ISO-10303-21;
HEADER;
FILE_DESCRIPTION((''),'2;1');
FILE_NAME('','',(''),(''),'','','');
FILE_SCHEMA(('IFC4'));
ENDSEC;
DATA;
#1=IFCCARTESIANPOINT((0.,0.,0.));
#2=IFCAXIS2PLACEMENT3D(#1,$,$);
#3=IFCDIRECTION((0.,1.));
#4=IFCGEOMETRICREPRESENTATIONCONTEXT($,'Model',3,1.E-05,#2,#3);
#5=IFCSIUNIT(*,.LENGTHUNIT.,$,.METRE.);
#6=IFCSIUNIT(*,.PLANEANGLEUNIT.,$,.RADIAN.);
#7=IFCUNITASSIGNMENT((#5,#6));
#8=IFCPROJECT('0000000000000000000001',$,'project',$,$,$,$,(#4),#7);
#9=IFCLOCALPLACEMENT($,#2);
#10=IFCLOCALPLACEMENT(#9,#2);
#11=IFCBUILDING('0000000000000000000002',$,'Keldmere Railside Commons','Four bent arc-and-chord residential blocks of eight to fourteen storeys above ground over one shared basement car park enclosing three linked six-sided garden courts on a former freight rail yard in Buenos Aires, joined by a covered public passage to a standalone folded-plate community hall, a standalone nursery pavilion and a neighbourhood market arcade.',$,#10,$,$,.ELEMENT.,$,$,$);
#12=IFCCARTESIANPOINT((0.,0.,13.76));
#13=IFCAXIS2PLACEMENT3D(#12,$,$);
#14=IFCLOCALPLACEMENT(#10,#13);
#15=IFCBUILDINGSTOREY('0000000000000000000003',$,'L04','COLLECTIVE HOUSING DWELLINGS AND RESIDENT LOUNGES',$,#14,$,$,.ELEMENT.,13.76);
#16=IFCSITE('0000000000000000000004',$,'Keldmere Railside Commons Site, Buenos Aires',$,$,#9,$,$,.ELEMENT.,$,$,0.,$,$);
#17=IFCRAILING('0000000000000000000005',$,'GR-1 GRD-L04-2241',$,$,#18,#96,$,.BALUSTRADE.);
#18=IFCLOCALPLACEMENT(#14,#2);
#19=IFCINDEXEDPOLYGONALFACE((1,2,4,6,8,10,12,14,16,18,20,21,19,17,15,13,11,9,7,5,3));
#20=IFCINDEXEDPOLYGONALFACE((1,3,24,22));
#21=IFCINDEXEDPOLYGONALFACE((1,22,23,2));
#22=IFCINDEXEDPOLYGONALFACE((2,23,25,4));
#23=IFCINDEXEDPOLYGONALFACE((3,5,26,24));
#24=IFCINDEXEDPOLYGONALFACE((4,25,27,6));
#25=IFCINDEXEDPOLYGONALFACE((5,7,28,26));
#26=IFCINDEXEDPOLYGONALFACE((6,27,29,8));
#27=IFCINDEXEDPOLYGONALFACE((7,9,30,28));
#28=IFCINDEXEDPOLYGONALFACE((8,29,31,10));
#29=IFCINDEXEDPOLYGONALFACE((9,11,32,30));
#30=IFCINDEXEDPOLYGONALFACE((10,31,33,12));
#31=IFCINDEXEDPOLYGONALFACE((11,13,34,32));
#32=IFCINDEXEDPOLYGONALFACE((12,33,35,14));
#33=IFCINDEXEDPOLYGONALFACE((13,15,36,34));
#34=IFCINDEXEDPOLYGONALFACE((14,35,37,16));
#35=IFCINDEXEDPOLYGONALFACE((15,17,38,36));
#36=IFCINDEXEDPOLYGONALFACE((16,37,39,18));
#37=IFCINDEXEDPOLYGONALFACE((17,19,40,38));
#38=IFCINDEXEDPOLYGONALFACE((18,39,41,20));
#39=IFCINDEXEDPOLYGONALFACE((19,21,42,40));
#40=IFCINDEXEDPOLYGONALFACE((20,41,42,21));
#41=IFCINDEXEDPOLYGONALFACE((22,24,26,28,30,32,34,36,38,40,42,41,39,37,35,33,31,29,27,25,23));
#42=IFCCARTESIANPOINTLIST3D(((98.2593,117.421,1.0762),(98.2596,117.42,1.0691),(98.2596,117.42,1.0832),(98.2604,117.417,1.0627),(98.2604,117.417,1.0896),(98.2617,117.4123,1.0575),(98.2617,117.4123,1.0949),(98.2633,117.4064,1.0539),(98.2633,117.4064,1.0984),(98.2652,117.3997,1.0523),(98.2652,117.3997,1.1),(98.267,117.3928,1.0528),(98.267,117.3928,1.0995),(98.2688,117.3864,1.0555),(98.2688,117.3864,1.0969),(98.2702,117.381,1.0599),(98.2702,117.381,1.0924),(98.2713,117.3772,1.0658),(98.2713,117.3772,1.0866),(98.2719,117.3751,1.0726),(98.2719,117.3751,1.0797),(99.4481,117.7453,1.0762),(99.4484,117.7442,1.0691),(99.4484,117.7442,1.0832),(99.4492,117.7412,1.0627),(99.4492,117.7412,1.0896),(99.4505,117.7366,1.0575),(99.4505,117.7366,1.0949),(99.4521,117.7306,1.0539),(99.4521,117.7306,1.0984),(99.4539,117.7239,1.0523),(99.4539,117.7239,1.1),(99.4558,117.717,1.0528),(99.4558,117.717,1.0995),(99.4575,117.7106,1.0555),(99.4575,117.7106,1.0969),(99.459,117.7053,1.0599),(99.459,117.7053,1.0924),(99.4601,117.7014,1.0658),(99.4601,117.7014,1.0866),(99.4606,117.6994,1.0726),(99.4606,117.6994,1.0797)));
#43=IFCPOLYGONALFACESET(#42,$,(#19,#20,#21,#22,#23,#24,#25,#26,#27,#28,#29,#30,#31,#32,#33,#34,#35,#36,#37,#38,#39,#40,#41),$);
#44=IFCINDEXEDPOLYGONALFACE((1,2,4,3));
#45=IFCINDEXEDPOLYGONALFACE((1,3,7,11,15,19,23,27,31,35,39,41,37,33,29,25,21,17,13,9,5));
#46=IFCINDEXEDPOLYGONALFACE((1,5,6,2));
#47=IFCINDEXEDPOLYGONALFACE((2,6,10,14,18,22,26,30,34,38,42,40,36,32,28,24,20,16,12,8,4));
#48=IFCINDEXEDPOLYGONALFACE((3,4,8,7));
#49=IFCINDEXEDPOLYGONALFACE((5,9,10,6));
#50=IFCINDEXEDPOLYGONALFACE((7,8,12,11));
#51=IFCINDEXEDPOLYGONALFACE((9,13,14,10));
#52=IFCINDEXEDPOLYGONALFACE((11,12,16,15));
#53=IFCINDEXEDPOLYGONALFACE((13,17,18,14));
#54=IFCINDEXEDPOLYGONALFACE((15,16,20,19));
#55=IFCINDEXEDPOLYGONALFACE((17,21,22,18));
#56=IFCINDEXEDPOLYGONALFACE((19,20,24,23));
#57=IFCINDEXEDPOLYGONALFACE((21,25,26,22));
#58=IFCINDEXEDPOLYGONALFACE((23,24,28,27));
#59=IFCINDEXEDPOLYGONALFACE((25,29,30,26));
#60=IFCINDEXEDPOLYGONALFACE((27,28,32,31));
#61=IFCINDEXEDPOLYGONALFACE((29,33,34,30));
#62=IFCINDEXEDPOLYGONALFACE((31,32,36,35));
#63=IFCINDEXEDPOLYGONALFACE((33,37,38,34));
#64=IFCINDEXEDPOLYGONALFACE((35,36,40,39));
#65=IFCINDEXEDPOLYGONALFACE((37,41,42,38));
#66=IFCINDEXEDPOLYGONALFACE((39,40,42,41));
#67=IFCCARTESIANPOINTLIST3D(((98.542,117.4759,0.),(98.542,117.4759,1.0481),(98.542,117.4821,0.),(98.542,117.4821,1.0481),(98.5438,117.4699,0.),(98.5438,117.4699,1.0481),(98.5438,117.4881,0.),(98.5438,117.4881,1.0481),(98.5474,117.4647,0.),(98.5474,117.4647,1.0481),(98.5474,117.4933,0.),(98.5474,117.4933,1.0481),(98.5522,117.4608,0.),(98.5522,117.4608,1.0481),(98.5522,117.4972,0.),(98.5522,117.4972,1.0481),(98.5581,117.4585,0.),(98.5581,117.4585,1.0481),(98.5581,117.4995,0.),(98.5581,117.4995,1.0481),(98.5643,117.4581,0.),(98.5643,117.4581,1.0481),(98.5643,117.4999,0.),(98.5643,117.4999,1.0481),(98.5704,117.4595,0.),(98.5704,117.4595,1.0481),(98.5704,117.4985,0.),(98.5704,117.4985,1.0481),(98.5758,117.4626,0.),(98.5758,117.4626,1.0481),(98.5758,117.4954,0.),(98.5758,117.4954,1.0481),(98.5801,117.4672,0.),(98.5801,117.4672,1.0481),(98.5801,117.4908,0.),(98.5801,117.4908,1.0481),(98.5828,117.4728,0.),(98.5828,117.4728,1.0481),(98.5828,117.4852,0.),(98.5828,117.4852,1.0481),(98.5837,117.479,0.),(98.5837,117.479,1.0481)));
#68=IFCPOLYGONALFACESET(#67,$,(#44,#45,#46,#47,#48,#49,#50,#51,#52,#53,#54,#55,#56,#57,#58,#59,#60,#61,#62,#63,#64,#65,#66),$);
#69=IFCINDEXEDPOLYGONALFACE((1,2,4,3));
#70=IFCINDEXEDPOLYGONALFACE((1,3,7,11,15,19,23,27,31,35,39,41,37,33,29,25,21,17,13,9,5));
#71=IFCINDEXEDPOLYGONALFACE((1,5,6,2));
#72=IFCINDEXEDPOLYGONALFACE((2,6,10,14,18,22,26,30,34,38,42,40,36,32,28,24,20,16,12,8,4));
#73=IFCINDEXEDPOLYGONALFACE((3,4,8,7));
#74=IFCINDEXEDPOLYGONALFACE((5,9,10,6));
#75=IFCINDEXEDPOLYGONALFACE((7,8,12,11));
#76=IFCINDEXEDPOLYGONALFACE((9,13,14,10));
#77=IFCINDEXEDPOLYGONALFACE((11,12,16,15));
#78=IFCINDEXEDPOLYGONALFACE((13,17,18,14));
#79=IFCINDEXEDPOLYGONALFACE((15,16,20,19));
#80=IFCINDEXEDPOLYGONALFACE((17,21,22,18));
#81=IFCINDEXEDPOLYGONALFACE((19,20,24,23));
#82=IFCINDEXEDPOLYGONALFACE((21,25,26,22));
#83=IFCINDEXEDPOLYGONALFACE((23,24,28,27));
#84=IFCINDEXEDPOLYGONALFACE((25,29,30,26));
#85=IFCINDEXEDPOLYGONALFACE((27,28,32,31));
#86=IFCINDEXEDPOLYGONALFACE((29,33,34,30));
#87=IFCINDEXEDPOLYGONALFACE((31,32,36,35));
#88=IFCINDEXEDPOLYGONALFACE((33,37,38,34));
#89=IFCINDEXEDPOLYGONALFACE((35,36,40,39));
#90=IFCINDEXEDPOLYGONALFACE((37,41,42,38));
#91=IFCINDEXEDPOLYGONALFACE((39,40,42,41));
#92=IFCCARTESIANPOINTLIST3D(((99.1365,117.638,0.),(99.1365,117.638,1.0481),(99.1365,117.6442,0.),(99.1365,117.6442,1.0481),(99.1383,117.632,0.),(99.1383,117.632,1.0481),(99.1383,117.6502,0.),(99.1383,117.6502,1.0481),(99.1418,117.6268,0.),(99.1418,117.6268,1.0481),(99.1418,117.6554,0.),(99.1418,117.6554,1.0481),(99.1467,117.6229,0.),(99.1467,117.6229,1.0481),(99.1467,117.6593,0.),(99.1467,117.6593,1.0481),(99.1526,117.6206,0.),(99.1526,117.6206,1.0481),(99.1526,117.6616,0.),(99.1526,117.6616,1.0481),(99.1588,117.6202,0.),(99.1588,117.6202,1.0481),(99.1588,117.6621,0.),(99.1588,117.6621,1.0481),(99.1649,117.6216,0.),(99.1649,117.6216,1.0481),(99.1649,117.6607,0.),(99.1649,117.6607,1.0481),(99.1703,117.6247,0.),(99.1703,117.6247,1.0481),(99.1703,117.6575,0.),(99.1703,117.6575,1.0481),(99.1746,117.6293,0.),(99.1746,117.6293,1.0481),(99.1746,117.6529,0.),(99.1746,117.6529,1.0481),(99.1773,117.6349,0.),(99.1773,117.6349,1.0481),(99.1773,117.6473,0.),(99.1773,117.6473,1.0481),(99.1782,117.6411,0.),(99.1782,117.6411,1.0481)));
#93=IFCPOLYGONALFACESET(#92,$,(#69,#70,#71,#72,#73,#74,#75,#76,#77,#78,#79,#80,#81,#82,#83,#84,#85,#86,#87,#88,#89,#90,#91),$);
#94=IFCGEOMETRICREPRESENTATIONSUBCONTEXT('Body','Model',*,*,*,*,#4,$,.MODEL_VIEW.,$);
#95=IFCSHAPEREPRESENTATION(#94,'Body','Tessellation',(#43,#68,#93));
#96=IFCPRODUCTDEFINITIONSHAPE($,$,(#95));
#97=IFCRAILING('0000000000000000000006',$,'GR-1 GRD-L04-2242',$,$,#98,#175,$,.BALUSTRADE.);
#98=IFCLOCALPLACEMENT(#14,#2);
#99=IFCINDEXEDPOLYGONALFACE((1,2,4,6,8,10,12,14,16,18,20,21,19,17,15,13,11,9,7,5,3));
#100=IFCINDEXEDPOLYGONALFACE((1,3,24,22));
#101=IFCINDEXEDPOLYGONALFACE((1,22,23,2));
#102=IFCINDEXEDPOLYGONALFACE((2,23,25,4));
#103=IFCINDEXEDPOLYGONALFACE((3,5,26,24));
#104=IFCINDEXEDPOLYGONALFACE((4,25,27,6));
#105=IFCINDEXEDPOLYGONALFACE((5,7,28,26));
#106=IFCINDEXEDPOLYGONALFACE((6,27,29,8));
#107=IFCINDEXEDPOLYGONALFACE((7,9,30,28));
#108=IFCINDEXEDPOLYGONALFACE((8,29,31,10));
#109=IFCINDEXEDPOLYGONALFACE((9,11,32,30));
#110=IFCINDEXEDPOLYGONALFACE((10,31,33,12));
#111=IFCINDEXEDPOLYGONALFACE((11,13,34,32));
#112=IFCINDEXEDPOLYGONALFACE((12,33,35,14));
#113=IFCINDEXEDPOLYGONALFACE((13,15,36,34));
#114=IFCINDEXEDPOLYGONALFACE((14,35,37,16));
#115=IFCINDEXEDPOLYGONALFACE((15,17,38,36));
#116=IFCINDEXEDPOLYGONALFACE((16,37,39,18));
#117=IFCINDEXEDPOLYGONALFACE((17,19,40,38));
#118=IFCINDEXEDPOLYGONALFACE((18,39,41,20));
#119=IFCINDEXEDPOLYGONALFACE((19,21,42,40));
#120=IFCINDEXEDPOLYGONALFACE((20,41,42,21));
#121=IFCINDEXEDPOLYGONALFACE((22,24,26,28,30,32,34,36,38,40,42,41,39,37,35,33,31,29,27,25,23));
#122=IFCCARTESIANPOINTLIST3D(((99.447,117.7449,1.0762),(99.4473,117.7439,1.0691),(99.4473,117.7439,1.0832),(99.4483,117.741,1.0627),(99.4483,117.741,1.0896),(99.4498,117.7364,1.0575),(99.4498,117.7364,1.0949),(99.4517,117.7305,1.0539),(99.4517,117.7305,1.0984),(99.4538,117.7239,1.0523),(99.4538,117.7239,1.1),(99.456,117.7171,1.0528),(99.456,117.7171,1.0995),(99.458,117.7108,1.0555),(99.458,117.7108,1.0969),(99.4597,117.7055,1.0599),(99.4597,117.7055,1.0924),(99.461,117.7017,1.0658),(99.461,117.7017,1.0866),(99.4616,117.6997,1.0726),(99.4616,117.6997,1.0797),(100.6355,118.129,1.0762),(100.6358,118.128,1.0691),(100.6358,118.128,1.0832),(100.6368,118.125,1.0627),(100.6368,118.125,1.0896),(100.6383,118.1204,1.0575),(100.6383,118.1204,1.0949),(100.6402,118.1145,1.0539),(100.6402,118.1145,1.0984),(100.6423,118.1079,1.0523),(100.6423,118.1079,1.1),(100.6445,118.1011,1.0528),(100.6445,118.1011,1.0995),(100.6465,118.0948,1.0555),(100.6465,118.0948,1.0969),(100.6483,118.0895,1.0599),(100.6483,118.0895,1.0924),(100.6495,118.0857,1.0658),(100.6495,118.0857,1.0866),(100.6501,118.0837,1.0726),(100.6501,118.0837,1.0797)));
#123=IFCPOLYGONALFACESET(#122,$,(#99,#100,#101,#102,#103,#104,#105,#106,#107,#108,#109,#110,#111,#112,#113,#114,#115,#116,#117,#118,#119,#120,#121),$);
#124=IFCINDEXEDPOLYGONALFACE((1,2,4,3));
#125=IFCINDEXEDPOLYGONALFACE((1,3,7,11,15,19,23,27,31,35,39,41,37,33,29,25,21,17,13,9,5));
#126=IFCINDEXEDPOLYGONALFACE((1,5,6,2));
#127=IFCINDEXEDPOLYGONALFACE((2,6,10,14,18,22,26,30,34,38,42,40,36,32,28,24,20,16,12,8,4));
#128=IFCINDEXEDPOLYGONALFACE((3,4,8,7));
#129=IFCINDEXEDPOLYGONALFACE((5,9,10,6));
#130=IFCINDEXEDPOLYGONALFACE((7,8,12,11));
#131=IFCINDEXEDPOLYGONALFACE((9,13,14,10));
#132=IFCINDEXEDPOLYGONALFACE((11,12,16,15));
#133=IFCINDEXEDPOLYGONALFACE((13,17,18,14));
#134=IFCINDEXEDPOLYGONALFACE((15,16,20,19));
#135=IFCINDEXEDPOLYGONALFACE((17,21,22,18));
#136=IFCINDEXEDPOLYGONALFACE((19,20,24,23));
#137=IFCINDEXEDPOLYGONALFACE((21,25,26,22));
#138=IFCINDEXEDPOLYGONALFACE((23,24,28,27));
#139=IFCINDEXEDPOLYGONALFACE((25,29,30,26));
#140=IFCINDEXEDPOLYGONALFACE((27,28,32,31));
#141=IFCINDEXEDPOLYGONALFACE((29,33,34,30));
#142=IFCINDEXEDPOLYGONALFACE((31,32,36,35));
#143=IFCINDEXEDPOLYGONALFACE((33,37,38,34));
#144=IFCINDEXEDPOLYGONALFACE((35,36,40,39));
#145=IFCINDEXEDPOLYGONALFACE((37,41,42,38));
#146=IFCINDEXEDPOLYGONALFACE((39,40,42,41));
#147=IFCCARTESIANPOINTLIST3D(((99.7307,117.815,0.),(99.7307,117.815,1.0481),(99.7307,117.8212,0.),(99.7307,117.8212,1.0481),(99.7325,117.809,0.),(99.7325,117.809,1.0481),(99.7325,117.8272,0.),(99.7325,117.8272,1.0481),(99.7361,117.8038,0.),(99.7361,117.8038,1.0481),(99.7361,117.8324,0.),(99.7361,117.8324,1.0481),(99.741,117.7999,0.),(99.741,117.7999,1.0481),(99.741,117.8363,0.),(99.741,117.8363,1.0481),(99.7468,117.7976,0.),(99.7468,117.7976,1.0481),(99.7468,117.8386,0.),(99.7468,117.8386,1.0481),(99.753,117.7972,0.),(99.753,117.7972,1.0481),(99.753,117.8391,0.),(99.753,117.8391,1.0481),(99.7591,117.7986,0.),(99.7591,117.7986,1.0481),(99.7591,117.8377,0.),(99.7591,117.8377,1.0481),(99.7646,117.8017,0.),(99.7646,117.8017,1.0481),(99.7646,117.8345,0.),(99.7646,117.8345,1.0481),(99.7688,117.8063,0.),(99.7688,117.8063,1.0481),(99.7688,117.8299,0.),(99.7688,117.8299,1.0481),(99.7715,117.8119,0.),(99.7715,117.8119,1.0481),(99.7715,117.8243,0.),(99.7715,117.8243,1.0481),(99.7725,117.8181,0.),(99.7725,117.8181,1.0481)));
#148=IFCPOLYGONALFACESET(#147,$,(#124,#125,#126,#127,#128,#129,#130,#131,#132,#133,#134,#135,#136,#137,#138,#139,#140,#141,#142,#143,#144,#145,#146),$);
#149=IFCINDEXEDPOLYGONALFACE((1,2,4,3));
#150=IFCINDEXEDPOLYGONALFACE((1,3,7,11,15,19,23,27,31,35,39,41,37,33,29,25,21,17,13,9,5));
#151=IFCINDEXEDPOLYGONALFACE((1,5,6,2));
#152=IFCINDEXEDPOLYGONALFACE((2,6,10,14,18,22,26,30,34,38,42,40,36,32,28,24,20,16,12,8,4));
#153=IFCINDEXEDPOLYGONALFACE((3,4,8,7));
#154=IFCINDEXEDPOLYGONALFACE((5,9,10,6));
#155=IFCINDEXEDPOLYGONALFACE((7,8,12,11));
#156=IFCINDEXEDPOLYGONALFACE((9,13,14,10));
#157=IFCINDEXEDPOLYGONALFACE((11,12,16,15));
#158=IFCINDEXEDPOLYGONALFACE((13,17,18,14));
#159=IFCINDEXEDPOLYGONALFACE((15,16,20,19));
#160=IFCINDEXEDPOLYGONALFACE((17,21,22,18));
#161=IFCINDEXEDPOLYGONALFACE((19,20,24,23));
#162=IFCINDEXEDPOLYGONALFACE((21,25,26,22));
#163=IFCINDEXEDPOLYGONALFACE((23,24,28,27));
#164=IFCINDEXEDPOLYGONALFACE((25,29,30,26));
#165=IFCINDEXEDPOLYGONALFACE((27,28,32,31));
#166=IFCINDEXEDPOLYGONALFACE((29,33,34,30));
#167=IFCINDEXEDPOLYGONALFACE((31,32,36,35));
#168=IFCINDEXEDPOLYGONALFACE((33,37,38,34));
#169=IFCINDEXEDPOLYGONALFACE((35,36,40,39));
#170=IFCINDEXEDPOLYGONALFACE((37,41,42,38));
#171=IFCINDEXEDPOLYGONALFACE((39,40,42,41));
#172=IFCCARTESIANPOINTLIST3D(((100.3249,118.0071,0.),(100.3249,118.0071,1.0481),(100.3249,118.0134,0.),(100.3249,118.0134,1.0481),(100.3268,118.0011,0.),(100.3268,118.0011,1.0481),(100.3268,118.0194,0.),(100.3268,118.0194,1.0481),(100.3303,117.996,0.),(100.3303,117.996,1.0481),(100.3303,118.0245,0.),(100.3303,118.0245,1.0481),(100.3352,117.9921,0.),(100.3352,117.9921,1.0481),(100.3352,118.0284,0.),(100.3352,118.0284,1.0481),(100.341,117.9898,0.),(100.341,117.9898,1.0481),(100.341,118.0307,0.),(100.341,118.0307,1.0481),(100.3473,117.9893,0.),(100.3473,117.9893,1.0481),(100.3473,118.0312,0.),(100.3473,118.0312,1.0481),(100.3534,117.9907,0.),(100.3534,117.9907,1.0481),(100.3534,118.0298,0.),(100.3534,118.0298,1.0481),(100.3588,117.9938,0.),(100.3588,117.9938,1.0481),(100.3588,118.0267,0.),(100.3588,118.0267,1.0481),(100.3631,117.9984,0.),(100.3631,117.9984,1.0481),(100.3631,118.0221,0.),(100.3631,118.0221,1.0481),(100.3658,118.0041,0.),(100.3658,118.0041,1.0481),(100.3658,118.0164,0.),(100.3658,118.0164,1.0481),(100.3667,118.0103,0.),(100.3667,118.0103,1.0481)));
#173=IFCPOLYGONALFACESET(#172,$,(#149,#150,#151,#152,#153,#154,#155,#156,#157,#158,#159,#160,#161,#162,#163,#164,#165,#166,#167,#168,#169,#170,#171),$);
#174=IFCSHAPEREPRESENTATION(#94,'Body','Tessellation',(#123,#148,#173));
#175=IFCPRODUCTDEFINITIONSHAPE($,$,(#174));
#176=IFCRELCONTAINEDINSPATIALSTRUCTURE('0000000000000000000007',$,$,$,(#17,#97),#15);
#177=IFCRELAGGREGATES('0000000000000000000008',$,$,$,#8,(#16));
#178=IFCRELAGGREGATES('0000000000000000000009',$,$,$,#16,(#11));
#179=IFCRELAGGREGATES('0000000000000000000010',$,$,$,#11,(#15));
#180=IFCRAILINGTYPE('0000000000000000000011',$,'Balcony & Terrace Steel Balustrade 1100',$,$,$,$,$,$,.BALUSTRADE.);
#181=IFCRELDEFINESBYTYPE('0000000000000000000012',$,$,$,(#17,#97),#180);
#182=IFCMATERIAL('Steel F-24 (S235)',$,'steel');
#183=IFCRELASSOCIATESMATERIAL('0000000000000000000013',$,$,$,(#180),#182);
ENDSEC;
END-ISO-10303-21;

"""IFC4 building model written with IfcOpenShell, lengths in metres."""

from ifc_helpers import new_model, si_unit, direction, frame, origin, origin_2d, place, context, subcontext, project, spatial, circle, extrude, material, type_object, element, save


model = new_model("IFC4")

# Units and contexts
model_context = context("Model", 3, precision=1e-05, world=origin(), true_north=direction((0.0, 1.0)))
body_context = subcontext(model_context, "Body", "Model", "MODEL_VIEW")
ifc_project = project(units=[si_unit("LENGTHUNIT", "METRE"), si_unit("PLANEANGLEUNIT", "RADIAN")], contexts=[model_context])

# Site, building, storey
site_placement = place(None, origin())
site = spatial("IfcSite", under=ifc_project, at=site_placement, Name="Keldmere Railside Commons Site, Buenos Aires", CompositionType="ELEMENT", RefElevation=0.0)
building_placement = place(site_placement, origin())
building = spatial("IfcBuilding", under=site, at=building_placement, Name="Keldmere Railside Commons", Description="Four bent arc-and-chord residential blocks of eight to fourteen storeys above ground over one shared basement car park enclosing three linked six-sided garden courts on a former freight rail yard in Buenos Aires, joined by a covered public passage to a standalone folded-plate community hall, a standalone nursery pavilion and a neighbourhood market arcade.", CompositionType="ELEMENT")
storey_placement = place(building_placement, frame((0.0, 0.0, 13.76)))
storey = spatial("IfcBuildingStorey", under=building, at=storey_placement, Name="L04", Description="COLLECTIVE HOUSING DWELLINGS AND RESIDENT LOUNGES", CompositionType="ELEMENT", Elevation=13.76)

# Railings
ifc_material_1 = material(Name="Steel F-24 (S235)", Category="steel")
railing_type = type_object("IfcRailingType", Name="Balcony & Terrace Steel Balustrade 1100", PredefinedType="BALUSTRADE", material=ifc_material_1)
railing_1_placement = place(storey_placement, frame((98.2656, 117.3979, 0.0)))
element("IfcRailing", 1, at=railing_1_placement, inside=storey, type_object=railing_type, Name="GR-1 GRD-L04-2241", PredefinedType="BALUSTRADE", context=body_context, shape_type="SweptSolid", body=[
    extrude(circle(Radius=0.0239, at=origin_2d()), frame((0.0, 0.0, 1.0762), z_axis=(0.964759, 0.263134, 0.0), x_axis=(-0.263134, 0.964759, 0.0)), (0.0, 0.0, 1.0), 1.2322),
    extrude(circle(Radius=0.021, at=origin_2d()), frame((0.2971, 0.0811, 0.0)), (0.0, 0.0, 1.0), 1.0481),
    extrude(circle(Radius=0.021, at=origin_2d()), frame((0.8916, 0.2432, 0.0)), (0.0, 0.0, 1.0), 1.0481),
])
railing_2_placement = place(storey_placement, frame((99.4543, 117.7222, 0.0)))
element("IfcRailing", 2, at=railing_2_placement, inside=storey, type_object=railing_type, Name="GR-1 GRD-L04-2242", PredefinedType="BALUSTRADE", context=body_context, shape_type="SweptSolid", body=[
    extrude(circle(Radius=0.0239, at=origin_2d()), frame((0.0, 0.0, 1.0762), z_axis=(0.951556, 0.307477, 0.0), x_axis=(-0.307477, 0.951556, 0.0)), (0.0, 0.0, 1.0), 1.249),
    extrude(circle(Radius=0.021, at=origin_2d()), frame((0.2971, 0.0959, 0.0)), (0.0, 0.0, 1.0), 1.0481),
    extrude(circle(Radius=0.021, at=origin_2d()), frame((0.8914, 0.2881, 0.0)), (0.0, 0.0, 1.0), 1.0481),
])

save(model, "model.ifc")
